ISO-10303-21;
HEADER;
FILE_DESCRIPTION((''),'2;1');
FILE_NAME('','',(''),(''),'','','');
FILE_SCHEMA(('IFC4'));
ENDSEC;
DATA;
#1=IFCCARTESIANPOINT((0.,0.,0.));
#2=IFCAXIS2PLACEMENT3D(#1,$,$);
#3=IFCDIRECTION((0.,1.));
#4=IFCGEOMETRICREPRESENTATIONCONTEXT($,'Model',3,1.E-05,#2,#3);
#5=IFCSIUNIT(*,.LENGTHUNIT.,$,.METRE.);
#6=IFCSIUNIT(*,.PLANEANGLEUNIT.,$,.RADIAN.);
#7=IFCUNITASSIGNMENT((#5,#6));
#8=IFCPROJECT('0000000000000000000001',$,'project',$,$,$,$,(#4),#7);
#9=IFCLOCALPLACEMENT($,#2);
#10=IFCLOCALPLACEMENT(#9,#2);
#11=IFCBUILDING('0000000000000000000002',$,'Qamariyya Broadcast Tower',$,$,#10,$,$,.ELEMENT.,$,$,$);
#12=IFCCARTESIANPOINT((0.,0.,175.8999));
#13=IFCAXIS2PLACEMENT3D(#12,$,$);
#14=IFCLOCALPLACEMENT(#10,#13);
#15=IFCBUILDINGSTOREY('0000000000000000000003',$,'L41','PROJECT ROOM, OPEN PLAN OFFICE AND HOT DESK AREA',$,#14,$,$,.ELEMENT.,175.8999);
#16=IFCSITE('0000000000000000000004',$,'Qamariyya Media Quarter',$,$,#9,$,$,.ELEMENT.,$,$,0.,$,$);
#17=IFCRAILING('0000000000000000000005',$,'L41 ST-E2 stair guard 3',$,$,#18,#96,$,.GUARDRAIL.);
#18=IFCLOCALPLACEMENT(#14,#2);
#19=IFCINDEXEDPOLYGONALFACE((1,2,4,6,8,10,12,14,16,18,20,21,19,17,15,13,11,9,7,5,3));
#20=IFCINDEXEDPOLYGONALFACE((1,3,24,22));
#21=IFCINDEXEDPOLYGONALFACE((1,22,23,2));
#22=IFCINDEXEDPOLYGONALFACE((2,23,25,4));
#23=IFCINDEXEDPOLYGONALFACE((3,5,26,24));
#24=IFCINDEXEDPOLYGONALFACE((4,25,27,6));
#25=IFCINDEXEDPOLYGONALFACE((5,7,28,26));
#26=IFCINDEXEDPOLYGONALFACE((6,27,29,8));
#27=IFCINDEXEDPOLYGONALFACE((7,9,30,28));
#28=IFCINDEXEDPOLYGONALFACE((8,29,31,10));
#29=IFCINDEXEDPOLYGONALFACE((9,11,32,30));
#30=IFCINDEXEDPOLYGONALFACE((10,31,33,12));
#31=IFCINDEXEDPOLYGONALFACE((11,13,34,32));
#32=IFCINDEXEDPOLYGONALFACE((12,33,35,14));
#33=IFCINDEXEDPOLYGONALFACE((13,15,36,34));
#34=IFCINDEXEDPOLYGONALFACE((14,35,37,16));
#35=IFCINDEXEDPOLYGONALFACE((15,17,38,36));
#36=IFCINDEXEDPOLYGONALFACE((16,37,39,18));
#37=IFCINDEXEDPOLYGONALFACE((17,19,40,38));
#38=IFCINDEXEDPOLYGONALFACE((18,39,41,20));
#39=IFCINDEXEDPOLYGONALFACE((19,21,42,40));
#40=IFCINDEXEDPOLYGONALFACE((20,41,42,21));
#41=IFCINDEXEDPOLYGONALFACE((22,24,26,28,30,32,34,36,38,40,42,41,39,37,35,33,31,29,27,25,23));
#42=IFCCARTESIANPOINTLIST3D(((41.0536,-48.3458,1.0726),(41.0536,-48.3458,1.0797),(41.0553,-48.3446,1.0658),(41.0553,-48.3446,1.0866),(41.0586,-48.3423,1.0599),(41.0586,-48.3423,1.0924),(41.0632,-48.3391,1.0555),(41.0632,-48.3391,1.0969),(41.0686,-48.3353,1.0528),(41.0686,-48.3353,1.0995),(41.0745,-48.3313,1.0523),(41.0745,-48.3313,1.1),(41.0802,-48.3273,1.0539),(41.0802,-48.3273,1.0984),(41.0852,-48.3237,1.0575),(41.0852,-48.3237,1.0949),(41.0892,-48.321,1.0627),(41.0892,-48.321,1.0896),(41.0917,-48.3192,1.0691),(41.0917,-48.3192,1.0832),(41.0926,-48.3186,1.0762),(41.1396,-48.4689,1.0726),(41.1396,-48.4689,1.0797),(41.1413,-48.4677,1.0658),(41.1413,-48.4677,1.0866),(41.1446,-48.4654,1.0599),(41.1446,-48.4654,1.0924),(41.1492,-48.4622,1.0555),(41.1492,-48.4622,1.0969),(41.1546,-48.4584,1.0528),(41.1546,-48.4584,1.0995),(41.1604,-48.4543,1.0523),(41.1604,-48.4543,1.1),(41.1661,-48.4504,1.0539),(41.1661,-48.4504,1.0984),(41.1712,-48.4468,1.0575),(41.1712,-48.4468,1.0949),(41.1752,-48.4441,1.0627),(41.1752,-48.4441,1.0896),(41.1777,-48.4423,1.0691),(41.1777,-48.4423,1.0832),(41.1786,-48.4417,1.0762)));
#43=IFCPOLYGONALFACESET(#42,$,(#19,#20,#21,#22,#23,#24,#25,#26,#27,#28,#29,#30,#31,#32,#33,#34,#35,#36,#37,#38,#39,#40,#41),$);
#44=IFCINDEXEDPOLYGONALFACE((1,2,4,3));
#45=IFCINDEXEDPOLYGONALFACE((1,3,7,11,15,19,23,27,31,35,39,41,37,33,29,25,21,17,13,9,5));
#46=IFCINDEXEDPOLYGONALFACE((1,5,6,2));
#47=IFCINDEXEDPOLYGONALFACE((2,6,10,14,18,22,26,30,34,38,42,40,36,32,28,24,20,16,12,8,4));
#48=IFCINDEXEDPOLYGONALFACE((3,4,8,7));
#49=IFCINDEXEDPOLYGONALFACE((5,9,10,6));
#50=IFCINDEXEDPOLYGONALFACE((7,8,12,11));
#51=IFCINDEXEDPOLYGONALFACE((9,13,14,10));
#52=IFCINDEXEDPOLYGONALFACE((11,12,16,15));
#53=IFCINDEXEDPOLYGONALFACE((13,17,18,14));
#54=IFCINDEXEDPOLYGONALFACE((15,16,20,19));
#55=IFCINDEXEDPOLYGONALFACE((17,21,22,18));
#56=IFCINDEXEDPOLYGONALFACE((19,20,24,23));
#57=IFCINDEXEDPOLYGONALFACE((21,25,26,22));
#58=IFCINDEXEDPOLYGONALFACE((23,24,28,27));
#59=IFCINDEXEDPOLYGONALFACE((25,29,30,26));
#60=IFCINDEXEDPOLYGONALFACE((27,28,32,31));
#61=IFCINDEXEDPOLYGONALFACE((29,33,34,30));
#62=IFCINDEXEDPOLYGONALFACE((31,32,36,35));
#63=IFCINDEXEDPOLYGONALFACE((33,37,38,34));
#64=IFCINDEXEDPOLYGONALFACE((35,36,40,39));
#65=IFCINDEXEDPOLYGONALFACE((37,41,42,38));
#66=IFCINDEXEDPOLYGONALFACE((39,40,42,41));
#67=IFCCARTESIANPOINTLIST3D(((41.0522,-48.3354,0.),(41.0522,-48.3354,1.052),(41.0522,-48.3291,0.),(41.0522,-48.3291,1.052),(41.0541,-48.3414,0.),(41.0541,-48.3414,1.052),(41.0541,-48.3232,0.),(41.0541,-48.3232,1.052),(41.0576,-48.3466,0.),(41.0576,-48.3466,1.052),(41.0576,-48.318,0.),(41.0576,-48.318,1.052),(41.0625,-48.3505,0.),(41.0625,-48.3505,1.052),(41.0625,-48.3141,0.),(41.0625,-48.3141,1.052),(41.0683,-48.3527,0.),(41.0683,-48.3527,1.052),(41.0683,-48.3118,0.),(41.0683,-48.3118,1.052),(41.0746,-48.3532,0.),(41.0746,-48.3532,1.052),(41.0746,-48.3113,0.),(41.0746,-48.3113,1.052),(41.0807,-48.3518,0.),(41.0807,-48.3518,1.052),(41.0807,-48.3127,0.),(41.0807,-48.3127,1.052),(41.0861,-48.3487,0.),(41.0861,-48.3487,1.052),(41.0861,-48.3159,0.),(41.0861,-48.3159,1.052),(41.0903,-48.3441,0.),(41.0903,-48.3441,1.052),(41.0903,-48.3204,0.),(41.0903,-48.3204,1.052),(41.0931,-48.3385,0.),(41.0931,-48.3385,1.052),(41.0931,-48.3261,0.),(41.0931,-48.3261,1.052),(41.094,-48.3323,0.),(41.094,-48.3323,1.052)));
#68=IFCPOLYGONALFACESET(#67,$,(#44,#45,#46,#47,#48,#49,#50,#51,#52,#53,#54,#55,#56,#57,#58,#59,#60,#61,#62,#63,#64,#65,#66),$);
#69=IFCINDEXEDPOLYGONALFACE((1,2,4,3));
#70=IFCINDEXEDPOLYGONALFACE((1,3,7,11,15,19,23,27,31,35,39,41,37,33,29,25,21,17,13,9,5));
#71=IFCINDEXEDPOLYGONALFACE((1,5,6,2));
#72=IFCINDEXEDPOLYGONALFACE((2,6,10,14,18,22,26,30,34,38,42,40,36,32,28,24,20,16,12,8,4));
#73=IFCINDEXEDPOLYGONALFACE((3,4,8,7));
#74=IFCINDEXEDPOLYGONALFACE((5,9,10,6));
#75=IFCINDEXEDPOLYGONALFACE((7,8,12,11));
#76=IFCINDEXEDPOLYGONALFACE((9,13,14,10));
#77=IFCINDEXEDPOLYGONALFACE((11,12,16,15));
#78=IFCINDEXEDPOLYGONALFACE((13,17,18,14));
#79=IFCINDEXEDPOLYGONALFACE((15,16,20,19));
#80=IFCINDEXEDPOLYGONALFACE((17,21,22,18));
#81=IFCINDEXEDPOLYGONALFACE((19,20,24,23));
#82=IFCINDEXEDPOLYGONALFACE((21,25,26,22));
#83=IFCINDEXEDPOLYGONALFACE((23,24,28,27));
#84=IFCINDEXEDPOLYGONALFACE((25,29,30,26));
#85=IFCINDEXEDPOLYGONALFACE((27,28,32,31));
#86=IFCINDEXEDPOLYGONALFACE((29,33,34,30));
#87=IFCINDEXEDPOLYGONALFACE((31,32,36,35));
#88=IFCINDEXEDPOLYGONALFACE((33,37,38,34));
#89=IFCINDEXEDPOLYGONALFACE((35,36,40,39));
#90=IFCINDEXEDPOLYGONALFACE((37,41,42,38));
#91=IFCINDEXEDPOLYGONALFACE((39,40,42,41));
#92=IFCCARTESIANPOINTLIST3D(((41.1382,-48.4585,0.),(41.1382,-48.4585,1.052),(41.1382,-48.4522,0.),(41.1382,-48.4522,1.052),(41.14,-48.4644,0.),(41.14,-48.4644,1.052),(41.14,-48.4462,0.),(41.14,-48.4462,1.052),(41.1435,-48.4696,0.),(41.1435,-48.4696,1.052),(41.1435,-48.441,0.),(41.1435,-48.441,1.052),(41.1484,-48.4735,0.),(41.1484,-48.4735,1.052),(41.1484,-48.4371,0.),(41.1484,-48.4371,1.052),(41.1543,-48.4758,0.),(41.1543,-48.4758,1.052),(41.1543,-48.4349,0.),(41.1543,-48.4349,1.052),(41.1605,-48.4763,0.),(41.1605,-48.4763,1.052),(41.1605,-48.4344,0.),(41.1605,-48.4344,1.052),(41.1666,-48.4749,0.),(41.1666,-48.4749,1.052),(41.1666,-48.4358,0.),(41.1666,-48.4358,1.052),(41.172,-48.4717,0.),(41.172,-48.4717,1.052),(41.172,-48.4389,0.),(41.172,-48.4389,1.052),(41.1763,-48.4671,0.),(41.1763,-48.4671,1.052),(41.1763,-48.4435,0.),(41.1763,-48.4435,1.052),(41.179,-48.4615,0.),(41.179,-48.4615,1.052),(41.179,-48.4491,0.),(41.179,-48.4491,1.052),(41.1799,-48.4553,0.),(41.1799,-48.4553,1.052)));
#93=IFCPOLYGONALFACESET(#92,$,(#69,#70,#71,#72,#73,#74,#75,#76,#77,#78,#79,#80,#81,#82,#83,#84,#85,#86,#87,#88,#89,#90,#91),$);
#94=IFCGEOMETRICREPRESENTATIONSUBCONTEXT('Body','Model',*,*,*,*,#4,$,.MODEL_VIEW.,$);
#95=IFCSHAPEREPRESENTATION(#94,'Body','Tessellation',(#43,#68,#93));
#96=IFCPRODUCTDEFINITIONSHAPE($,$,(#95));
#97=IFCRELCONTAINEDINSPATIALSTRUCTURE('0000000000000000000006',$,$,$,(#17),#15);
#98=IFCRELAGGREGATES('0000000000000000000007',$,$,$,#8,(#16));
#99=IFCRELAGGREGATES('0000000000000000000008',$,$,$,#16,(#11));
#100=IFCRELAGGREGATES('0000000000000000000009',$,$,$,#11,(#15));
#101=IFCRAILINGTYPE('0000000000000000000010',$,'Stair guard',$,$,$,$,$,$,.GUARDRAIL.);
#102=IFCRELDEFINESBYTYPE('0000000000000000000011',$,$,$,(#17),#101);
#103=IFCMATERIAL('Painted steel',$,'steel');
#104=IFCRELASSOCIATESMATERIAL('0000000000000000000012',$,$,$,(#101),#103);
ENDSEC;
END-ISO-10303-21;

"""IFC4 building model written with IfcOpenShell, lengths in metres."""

from ifc_helpers import new_model, si_unit, direction, frame, origin, origin_2d, place, context, subcontext, project, spatial, circle, extrude, material, type_object, element, save


model = new_model("IFC4")

# Units and contexts
model_context = context("Model", 3, precision=1e-05, world=origin(), true_north=direction((0.0, 1.0)))
body_context = subcontext(model_context, "Body", "Model", "MODEL_VIEW")
ifc_project = project(units=[si_unit("LENGTHUNIT", "METRE"), si_unit("PLANEANGLEUNIT", "RADIAN")], contexts=[model_context])

# Site, building, storey
site_placement = place(None, origin())
site = spatial("IfcSite", under=ifc_project, at=site_placement, Name="Qamariyya Media Quarter", CompositionType="ELEMENT", RefElevation=0.0)
building_placement = place(site_placement, origin())
building = spatial("IfcBuilding", under=site, at=building_placement, Name="Qamariyya Broadcast Tower", CompositionType="ELEMENT")
storey_placement = place(building_placement, frame((0.0, 0.0, 175.8999)))
storey = spatial("IfcBuildingStorey", under=building, at=storey_placement, Name="L41", Description="PROJECT ROOM, OPEN PLAN OFFICE AND HOT DESK AREA", CompositionType="ELEMENT", Elevation=175.8999)

# Railing
ifc_material_1 = material(Name="Painted steel", Category="steel")
railing_type_1 = type_object("IfcRailingType", Name="Stair guard", PredefinedType="GUARDRAIL", material=ifc_material_1)
railing_1_placement = place(storey_placement, frame((41.073, -48.3323, 0.0)))
element("IfcRailing", 1, at=railing_1_placement, inside=storey, type_object=railing_type_1, Name="L41 ST-E2 stair guard 3", PredefinedType="GUARDRAIL", context=body_context, shape_type="SweptSolid", body=[
    extrude(circle(Radius=0.0239, at=origin_2d()), frame((0.0, 0.0, 1.0762), z_axis=(0.572589, -0.819843, 0.0), x_axis=(0.819843, 0.572589, 0.0)), (0.0, 0.0, 1.0), 0.1501),
    extrude(circle(Radius=0.021, at=origin_2d()), origin(), (0.0, 0.0, 1.0), 1.052),
    extrude(circle(Radius=0.021, at=origin_2d()), frame((0.0859, -0.123, 0.0)), (0.0, 0.0, 1.0), 1.052),
])

save(model, "model.ifc")
